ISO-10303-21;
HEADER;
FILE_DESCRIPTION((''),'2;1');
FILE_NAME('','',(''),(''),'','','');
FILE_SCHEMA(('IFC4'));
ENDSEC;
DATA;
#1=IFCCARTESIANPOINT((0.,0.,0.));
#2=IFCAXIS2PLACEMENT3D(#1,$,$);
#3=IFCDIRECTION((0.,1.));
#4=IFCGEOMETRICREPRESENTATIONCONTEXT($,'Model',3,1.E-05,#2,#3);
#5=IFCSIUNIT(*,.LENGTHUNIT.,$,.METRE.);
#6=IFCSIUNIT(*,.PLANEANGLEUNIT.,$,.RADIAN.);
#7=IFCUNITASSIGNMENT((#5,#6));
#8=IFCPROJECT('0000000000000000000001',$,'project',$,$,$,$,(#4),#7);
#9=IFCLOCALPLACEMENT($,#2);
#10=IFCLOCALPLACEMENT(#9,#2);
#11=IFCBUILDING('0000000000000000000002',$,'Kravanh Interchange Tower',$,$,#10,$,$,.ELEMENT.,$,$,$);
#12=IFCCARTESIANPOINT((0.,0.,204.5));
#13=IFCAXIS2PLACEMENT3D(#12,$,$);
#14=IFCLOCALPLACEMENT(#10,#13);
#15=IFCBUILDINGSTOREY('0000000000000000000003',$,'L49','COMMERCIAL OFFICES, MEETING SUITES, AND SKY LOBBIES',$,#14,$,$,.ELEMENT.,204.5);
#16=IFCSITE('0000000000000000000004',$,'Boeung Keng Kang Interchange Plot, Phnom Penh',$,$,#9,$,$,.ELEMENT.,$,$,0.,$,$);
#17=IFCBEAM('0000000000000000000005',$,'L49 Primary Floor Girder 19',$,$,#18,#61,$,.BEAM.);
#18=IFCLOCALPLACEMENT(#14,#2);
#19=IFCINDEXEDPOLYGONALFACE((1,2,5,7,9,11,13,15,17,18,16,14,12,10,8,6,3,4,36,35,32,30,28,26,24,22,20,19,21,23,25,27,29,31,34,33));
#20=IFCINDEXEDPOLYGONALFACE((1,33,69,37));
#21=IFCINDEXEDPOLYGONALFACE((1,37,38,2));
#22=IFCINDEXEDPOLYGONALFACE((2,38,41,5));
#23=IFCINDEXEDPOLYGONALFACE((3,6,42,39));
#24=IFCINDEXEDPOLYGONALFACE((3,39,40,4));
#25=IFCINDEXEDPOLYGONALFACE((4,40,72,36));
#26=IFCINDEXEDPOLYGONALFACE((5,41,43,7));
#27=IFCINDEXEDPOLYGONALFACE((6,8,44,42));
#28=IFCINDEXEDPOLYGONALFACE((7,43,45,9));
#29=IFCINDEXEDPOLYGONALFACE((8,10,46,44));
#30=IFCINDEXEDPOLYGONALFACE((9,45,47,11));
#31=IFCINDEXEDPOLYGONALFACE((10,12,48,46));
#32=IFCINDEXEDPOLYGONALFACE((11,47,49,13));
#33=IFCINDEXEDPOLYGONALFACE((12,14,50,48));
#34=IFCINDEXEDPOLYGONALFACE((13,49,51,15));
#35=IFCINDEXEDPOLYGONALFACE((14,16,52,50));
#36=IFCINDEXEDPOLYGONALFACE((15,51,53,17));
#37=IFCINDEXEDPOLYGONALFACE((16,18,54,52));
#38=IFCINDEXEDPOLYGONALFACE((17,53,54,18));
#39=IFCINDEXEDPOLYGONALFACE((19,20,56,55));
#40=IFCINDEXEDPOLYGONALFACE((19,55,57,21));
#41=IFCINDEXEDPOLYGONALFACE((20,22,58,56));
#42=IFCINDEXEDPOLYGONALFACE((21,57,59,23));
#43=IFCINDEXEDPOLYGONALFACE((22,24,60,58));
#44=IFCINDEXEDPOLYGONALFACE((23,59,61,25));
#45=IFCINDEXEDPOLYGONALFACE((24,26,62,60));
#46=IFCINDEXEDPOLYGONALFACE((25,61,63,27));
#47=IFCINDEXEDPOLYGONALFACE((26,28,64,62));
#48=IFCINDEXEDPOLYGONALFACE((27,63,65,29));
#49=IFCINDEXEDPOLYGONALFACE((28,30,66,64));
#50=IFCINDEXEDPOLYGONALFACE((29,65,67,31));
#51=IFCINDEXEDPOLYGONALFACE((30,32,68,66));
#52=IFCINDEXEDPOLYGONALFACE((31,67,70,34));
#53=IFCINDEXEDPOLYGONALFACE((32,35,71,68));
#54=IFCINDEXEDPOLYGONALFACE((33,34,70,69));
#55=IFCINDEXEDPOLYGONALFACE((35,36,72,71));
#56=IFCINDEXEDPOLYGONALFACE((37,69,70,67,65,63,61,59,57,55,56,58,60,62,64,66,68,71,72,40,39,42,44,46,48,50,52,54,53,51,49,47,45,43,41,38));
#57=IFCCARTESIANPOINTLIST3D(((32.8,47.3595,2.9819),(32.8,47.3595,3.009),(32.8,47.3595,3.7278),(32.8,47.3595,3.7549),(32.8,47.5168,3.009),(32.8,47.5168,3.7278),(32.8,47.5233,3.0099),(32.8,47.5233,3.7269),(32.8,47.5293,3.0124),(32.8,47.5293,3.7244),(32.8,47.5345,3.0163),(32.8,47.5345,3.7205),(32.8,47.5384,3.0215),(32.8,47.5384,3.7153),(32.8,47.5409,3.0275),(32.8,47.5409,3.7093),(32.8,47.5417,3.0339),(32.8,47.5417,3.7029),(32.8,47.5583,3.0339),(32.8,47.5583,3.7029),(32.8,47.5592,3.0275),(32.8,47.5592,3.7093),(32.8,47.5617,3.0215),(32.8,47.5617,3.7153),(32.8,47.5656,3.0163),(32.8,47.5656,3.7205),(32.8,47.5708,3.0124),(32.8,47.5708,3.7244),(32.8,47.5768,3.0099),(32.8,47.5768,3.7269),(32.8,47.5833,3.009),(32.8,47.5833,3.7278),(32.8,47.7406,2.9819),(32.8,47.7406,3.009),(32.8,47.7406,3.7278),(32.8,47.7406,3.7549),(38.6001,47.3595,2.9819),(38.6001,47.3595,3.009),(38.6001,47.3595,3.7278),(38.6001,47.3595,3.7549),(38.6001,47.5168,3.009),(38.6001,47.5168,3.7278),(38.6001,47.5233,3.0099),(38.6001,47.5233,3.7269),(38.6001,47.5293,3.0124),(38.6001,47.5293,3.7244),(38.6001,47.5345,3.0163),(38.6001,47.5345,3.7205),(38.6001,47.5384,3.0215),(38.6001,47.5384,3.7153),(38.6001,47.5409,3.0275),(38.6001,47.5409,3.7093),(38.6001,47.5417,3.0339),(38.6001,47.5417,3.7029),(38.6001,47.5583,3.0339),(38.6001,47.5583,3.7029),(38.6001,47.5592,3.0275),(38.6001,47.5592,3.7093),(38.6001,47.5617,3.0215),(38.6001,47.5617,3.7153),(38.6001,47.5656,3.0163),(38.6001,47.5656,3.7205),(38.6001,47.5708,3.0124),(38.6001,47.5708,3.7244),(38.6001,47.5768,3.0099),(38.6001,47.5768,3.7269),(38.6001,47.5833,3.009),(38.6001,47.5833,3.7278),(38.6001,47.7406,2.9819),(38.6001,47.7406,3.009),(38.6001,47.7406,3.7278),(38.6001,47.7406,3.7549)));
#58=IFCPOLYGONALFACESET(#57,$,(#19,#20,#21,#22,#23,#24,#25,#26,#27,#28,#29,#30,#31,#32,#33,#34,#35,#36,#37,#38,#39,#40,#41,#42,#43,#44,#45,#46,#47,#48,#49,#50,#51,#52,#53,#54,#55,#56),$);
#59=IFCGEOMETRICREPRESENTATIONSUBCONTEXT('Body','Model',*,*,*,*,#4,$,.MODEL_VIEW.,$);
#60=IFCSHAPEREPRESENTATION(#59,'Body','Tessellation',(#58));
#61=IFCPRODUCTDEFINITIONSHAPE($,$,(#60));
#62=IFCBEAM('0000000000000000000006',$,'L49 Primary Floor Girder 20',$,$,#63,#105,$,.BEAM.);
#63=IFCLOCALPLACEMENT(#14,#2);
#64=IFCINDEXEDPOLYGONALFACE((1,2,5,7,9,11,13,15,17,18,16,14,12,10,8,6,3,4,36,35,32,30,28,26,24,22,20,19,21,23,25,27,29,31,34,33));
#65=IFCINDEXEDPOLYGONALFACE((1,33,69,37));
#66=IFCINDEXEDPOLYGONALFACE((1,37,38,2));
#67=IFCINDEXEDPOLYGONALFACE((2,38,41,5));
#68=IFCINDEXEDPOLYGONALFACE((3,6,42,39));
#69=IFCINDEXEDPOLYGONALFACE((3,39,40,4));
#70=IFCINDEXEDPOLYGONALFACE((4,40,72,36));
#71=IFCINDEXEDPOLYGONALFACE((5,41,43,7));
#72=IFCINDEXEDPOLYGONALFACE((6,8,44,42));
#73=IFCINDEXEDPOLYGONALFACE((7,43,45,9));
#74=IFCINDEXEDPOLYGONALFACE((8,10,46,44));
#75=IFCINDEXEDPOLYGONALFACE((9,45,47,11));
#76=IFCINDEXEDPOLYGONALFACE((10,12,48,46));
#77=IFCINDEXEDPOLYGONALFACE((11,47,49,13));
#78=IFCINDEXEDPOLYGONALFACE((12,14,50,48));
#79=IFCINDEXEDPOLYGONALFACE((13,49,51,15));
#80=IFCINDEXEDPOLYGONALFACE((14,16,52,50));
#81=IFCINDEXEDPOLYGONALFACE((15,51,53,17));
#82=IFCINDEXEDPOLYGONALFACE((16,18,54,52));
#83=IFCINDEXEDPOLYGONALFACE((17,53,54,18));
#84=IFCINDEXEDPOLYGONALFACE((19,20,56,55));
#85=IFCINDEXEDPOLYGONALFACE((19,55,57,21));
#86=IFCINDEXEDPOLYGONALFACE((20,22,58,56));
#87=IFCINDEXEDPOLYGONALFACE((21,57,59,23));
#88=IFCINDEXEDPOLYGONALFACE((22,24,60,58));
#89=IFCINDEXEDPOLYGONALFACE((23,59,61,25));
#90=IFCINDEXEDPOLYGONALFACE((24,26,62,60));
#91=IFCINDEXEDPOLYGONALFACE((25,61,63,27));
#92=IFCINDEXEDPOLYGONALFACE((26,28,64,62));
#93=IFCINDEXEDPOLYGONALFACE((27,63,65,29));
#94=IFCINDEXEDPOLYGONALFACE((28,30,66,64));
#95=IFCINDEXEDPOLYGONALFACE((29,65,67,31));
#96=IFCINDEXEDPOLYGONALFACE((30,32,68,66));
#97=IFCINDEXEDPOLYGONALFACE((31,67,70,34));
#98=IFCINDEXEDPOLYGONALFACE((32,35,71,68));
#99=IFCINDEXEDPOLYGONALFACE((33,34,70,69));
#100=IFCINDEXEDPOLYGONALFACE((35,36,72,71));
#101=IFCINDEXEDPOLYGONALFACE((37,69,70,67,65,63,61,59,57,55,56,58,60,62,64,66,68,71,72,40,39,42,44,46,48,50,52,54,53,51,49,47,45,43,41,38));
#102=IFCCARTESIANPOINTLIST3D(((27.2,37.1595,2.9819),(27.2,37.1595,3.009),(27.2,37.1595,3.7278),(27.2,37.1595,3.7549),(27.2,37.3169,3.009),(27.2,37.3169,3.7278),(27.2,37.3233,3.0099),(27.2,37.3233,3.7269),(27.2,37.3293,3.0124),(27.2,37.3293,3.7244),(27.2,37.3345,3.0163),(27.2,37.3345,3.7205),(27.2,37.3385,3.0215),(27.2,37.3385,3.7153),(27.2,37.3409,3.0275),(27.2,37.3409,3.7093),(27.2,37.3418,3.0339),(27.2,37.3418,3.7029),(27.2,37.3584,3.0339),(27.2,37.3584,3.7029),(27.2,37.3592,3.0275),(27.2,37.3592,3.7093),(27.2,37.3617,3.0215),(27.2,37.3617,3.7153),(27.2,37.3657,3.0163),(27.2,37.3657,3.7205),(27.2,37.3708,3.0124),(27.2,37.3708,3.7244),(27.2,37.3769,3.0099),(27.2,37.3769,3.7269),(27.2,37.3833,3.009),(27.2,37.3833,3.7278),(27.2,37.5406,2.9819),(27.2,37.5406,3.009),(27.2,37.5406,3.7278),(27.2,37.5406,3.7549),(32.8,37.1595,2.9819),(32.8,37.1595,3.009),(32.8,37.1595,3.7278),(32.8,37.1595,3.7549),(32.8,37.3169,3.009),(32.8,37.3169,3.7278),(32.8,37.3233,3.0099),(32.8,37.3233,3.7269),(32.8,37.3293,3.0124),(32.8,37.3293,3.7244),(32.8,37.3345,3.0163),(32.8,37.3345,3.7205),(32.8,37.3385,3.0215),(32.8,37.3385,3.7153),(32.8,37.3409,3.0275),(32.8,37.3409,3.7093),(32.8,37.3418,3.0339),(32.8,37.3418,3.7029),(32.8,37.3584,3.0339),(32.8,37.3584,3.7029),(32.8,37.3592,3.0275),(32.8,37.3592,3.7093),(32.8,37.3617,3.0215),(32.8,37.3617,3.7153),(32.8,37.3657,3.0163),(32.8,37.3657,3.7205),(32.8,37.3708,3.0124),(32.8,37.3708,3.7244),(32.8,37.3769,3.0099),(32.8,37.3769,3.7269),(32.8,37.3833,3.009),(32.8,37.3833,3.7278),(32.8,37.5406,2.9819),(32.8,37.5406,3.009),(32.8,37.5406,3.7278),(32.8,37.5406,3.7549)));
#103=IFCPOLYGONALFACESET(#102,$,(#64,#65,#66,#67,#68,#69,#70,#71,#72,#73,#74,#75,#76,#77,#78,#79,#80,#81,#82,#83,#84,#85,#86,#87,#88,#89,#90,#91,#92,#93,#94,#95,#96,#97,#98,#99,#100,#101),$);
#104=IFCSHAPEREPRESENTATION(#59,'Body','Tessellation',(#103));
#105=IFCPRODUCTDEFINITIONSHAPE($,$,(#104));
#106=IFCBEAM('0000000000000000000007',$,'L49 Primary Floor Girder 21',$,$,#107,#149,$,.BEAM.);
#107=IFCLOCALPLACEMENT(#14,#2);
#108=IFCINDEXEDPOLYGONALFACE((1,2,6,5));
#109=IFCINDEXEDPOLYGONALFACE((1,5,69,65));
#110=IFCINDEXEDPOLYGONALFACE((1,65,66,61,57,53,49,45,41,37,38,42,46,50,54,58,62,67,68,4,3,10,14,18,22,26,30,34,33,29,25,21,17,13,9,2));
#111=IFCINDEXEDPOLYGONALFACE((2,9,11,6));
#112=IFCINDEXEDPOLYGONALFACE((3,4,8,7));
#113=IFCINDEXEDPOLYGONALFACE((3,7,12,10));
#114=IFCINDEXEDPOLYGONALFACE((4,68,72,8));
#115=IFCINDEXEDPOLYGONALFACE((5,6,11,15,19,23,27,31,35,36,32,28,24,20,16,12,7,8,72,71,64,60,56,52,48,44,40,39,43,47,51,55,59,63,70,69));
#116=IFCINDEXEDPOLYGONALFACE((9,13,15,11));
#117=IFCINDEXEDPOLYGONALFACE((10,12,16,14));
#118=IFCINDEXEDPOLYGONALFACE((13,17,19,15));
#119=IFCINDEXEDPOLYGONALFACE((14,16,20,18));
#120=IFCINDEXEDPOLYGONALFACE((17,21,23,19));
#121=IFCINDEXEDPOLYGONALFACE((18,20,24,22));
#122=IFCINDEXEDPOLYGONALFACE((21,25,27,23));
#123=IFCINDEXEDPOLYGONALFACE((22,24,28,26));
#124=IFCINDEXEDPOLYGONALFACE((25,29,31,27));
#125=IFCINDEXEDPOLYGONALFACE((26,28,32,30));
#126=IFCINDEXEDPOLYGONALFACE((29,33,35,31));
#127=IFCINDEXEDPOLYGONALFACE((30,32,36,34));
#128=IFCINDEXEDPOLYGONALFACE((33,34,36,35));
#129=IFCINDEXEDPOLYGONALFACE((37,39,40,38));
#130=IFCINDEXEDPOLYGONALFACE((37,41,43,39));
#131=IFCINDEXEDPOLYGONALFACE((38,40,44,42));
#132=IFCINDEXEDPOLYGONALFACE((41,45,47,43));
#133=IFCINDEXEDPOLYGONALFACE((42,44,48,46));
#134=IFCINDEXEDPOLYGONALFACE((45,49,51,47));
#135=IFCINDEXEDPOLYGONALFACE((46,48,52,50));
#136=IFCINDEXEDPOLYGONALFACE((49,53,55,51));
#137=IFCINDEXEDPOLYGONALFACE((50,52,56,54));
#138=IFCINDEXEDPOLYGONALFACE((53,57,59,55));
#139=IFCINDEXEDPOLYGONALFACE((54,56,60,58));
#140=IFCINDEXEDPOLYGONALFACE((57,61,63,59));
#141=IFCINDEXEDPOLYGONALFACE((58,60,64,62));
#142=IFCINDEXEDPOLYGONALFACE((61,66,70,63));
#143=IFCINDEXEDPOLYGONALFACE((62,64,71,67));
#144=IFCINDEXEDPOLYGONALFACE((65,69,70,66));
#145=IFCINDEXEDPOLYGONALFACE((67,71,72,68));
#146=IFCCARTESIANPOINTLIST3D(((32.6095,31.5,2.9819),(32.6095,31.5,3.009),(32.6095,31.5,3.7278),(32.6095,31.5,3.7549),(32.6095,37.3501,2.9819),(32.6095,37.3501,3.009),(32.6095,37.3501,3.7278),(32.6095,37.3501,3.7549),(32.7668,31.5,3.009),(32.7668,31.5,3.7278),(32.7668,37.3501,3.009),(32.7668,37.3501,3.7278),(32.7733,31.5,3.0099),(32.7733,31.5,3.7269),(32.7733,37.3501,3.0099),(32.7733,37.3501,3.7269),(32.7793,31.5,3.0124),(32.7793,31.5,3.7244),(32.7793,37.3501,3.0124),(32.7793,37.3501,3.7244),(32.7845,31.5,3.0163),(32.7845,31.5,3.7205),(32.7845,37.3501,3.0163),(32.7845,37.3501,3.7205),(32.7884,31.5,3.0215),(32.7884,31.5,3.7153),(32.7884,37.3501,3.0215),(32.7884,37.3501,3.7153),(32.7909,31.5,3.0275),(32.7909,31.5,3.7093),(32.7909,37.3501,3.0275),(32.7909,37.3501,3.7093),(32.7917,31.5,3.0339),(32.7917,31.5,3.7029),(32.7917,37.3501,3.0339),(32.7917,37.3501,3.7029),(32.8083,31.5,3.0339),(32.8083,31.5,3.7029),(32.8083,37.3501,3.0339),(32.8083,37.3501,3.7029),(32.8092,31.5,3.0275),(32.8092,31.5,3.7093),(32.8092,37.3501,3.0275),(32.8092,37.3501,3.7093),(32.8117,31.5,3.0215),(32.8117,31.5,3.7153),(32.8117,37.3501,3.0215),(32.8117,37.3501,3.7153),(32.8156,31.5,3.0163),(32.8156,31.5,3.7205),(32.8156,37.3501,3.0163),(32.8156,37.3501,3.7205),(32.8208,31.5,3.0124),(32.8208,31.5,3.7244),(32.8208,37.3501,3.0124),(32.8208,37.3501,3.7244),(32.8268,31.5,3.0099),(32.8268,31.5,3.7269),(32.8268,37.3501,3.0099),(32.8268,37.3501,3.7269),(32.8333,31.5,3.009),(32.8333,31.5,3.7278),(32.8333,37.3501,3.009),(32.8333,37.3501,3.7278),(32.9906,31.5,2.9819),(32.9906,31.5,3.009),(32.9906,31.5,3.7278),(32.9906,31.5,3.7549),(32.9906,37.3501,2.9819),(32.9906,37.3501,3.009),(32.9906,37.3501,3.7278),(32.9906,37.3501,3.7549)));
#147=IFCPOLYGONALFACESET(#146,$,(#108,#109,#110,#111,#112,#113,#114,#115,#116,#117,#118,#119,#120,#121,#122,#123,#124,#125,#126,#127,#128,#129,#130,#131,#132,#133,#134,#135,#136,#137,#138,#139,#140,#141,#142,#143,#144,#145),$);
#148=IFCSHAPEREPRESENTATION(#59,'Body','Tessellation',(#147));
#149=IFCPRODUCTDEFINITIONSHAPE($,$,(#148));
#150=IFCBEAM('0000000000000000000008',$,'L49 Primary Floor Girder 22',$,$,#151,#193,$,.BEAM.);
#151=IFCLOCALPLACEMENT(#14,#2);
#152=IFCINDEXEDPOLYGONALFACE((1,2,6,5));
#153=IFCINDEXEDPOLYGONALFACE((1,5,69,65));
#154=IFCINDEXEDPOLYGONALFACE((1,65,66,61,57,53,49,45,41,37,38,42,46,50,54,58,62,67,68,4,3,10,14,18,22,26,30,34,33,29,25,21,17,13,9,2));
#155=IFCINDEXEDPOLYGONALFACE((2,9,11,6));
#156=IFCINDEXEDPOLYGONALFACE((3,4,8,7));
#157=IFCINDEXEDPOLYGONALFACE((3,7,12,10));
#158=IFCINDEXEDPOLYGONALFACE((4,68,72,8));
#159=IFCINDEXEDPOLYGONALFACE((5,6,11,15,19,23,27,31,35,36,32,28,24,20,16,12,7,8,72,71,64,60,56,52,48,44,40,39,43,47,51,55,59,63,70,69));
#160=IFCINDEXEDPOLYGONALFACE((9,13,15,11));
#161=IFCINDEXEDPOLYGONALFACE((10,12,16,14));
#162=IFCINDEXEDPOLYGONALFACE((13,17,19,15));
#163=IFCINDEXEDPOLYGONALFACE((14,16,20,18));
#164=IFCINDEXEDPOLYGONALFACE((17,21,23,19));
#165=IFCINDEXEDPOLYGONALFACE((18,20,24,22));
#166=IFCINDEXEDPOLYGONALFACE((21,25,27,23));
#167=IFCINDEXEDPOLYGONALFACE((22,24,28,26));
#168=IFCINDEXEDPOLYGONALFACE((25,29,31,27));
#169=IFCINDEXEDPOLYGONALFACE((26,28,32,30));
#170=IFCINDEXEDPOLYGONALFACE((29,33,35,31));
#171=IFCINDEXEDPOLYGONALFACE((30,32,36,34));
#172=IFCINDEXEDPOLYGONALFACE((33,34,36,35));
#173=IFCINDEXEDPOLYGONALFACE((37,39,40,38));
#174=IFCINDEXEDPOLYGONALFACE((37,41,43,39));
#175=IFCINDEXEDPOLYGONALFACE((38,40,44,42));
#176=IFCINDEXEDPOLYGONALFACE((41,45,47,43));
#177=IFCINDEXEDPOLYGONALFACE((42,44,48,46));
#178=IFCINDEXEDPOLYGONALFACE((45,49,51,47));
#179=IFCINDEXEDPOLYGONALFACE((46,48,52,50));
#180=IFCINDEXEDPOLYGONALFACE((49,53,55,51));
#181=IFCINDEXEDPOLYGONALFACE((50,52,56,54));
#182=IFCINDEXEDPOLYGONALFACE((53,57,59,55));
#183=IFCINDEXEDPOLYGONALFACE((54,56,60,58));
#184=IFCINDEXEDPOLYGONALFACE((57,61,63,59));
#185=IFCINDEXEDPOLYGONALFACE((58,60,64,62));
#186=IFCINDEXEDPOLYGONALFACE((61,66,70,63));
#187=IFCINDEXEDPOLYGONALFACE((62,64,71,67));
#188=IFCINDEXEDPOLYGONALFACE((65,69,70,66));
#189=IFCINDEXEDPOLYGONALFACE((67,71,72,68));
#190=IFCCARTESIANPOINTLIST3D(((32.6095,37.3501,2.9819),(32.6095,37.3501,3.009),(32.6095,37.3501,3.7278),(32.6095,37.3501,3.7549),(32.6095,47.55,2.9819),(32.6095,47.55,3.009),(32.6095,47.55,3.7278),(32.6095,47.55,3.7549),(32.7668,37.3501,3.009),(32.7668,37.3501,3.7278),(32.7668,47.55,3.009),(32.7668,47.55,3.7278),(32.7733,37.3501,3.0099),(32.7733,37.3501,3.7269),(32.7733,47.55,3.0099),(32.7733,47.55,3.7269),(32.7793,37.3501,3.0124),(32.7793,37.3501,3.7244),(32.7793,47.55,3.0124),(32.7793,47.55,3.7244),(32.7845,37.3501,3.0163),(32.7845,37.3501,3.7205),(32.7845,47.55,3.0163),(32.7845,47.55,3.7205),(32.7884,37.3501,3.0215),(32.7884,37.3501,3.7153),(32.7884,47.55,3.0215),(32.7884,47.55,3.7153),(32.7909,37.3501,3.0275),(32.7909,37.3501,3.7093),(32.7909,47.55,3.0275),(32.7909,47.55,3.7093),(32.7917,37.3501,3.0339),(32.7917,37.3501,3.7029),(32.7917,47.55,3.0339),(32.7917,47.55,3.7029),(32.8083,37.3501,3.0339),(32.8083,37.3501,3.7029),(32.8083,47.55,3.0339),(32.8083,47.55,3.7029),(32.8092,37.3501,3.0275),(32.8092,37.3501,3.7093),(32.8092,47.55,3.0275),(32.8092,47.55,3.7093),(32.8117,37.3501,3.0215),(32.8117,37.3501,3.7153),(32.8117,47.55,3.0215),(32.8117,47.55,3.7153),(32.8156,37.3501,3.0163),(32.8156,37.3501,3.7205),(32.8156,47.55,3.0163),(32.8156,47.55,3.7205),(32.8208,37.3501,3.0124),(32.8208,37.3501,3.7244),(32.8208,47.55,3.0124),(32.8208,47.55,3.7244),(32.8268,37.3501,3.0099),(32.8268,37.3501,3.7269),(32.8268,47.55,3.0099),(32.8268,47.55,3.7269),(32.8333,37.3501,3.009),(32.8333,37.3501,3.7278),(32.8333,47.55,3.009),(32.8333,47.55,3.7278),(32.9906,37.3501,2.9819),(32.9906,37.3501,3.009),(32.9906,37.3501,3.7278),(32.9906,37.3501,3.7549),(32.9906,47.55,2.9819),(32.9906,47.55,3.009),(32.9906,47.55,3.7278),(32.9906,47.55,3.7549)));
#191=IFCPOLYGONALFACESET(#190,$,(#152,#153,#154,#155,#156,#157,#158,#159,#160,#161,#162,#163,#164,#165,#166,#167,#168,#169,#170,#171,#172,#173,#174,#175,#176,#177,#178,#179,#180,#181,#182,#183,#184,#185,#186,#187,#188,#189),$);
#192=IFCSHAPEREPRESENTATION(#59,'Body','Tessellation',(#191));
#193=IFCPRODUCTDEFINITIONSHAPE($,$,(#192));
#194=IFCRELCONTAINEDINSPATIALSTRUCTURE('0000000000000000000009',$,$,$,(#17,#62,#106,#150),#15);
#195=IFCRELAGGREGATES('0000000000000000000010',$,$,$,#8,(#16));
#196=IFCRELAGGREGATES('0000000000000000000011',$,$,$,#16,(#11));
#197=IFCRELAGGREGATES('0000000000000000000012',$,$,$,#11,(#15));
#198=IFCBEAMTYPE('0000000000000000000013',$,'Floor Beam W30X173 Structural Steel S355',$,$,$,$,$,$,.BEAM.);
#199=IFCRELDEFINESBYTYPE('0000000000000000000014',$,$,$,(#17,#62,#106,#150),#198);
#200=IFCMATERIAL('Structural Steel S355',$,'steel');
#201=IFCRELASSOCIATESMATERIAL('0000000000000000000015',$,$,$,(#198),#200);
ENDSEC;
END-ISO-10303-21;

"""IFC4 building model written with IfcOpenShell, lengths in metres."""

from ifc_helpers import new_model, si_unit, direction, frame, origin, origin_2d, place, context, subcontext, project, spatial, i_section, extrude, material, material_profile, profile_set, type_object, element, save


model = new_model("IFC4")

# Units and contexts
model_context = context("Model", 3, precision=1e-05, world=origin(), true_north=direction((0.0, 1.0)))
body_context = subcontext(model_context, "Body", "Model", "MODEL_VIEW")
ifc_project = project(units=[si_unit("LENGTHUNIT", "METRE"), si_unit("PLANEANGLEUNIT", "RADIAN")], contexts=[model_context])

# Site, building, storey
site_placement = place(None, origin())
site = spatial("IfcSite", under=ifc_project, at=site_placement, Name="Boeung Keng Kang Interchange Plot, Phnom Penh", CompositionType="ELEMENT", RefElevation=0.0)
building_placement = place(site_placement, origin())
building = spatial("IfcBuilding", under=site, at=building_placement, Name="Kravanh Interchange Tower", CompositionType="ELEMENT")
storey_placement = place(building_placement, frame((0.0, 0.0, 204.5)))
storey = spatial("IfcBuildingStorey", under=building, at=storey_placement, Name="L49", Description="COMMERCIAL OFFICES, MEETING SUITES, AND SKY LOBBIES", CompositionType="ELEMENT", Elevation=204.5)

# Beams
ifc_material_1 = material(Name="Structural Steel S355", Category="steel")
ifc_material_profile_1 = material_profile(ifc_material_1, i_section(OverallWidth=0.3811, OverallDepth=0.7729, WebThickness=0.0166, FlangeThickness=0.0271, FilletRadius=0.0249, at=origin_2d()), Name="W30X173")
ifc_profile_set_1 = profile_set([ifc_material_profile_1], Name="Structural Steel S355")
beam_type = type_object("IfcBeamType", Name="Floor Beam W30X173 Structural Steel S355", PredefinedType="BEAM", material=ifc_profile_set_1)
beam_1_placement = place(storey_placement, frame((38.6001, 47.55, 3.3684), z_axis=(-1.0, 0.0, 0.0), x_axis=(0.0, -1.0, 0.0)))
element("IfcBeam", 1, at=beam_1_placement, inside=storey, type_object=beam_type, Name="L49 Primary Floor Girder 19", PredefinedType="BEAM", context=body_context, shape_type="SweptSolid", body=[
    extrude(i_section(OverallWidth=0.3811, OverallDepth=0.7729, WebThickness=0.0166, FlangeThickness=0.0271, FilletRadius=0.0249, at=origin_2d()), origin(), (0.0, 0.0, 1.0), 5.8),
])
beam_2_placement = place(storey_placement, frame((32.8, 37.3501, 3.3684), z_axis=(-1.0, 0.0, 0.0), x_axis=(0.0, -1.0, 0.0)))
element("IfcBeam", 2, at=beam_2_placement, inside=storey, type_object=beam_type, Name="L49 Primary Floor Girder 20", PredefinedType="BEAM", context=body_context, shape_type="SweptSolid", body=[
    extrude(i_section(OverallWidth=0.3811, OverallDepth=0.7729, WebThickness=0.0166, FlangeThickness=0.0271, FilletRadius=0.0249, at=origin_2d()), origin(), (0.0, 0.0, 1.0), 5.6001),
])
beam_3_placement = place(storey_placement, frame((32.8, 37.3501, 3.3684), z_axis=(0.0, -1.0, 0.0), x_axis=(1.0, 0.0, 0.0)))
element("IfcBeam", 3, at=beam_3_placement, inside=storey, type_object=beam_type, Name="L49 Primary Floor Girder 21", PredefinedType="BEAM", context=body_context, shape_type="SweptSolid", body=[
    extrude(i_section(OverallWidth=0.3811, OverallDepth=0.7729, WebThickness=0.0166, FlangeThickness=0.0271, FilletRadius=0.0249, at=origin_2d()), origin(), (0.0, 0.0, 1.0), 5.8501),
])
beam_4_placement = place(storey_placement, frame((32.8, 37.3501, 3.3684), z_axis=(0.0, 1.0, 0.0), x_axis=(-1.0, 0.0, 0.0)))
element("IfcBeam", 4, at=beam_4_placement, inside=storey, type_object=beam_type, Name="L49 Primary Floor Girder 22", PredefinedType="BEAM", context=body_context, shape_type="SweptSolid", body=[
    extrude(i_section(OverallWidth=0.3811, OverallDepth=0.7729, WebThickness=0.0166, FlangeThickness=0.0271, FilletRadius=0.0249, at=origin_2d()), origin(), (0.0, 0.0, 1.0), 10.2),
])

save(model, "model.ifc")
